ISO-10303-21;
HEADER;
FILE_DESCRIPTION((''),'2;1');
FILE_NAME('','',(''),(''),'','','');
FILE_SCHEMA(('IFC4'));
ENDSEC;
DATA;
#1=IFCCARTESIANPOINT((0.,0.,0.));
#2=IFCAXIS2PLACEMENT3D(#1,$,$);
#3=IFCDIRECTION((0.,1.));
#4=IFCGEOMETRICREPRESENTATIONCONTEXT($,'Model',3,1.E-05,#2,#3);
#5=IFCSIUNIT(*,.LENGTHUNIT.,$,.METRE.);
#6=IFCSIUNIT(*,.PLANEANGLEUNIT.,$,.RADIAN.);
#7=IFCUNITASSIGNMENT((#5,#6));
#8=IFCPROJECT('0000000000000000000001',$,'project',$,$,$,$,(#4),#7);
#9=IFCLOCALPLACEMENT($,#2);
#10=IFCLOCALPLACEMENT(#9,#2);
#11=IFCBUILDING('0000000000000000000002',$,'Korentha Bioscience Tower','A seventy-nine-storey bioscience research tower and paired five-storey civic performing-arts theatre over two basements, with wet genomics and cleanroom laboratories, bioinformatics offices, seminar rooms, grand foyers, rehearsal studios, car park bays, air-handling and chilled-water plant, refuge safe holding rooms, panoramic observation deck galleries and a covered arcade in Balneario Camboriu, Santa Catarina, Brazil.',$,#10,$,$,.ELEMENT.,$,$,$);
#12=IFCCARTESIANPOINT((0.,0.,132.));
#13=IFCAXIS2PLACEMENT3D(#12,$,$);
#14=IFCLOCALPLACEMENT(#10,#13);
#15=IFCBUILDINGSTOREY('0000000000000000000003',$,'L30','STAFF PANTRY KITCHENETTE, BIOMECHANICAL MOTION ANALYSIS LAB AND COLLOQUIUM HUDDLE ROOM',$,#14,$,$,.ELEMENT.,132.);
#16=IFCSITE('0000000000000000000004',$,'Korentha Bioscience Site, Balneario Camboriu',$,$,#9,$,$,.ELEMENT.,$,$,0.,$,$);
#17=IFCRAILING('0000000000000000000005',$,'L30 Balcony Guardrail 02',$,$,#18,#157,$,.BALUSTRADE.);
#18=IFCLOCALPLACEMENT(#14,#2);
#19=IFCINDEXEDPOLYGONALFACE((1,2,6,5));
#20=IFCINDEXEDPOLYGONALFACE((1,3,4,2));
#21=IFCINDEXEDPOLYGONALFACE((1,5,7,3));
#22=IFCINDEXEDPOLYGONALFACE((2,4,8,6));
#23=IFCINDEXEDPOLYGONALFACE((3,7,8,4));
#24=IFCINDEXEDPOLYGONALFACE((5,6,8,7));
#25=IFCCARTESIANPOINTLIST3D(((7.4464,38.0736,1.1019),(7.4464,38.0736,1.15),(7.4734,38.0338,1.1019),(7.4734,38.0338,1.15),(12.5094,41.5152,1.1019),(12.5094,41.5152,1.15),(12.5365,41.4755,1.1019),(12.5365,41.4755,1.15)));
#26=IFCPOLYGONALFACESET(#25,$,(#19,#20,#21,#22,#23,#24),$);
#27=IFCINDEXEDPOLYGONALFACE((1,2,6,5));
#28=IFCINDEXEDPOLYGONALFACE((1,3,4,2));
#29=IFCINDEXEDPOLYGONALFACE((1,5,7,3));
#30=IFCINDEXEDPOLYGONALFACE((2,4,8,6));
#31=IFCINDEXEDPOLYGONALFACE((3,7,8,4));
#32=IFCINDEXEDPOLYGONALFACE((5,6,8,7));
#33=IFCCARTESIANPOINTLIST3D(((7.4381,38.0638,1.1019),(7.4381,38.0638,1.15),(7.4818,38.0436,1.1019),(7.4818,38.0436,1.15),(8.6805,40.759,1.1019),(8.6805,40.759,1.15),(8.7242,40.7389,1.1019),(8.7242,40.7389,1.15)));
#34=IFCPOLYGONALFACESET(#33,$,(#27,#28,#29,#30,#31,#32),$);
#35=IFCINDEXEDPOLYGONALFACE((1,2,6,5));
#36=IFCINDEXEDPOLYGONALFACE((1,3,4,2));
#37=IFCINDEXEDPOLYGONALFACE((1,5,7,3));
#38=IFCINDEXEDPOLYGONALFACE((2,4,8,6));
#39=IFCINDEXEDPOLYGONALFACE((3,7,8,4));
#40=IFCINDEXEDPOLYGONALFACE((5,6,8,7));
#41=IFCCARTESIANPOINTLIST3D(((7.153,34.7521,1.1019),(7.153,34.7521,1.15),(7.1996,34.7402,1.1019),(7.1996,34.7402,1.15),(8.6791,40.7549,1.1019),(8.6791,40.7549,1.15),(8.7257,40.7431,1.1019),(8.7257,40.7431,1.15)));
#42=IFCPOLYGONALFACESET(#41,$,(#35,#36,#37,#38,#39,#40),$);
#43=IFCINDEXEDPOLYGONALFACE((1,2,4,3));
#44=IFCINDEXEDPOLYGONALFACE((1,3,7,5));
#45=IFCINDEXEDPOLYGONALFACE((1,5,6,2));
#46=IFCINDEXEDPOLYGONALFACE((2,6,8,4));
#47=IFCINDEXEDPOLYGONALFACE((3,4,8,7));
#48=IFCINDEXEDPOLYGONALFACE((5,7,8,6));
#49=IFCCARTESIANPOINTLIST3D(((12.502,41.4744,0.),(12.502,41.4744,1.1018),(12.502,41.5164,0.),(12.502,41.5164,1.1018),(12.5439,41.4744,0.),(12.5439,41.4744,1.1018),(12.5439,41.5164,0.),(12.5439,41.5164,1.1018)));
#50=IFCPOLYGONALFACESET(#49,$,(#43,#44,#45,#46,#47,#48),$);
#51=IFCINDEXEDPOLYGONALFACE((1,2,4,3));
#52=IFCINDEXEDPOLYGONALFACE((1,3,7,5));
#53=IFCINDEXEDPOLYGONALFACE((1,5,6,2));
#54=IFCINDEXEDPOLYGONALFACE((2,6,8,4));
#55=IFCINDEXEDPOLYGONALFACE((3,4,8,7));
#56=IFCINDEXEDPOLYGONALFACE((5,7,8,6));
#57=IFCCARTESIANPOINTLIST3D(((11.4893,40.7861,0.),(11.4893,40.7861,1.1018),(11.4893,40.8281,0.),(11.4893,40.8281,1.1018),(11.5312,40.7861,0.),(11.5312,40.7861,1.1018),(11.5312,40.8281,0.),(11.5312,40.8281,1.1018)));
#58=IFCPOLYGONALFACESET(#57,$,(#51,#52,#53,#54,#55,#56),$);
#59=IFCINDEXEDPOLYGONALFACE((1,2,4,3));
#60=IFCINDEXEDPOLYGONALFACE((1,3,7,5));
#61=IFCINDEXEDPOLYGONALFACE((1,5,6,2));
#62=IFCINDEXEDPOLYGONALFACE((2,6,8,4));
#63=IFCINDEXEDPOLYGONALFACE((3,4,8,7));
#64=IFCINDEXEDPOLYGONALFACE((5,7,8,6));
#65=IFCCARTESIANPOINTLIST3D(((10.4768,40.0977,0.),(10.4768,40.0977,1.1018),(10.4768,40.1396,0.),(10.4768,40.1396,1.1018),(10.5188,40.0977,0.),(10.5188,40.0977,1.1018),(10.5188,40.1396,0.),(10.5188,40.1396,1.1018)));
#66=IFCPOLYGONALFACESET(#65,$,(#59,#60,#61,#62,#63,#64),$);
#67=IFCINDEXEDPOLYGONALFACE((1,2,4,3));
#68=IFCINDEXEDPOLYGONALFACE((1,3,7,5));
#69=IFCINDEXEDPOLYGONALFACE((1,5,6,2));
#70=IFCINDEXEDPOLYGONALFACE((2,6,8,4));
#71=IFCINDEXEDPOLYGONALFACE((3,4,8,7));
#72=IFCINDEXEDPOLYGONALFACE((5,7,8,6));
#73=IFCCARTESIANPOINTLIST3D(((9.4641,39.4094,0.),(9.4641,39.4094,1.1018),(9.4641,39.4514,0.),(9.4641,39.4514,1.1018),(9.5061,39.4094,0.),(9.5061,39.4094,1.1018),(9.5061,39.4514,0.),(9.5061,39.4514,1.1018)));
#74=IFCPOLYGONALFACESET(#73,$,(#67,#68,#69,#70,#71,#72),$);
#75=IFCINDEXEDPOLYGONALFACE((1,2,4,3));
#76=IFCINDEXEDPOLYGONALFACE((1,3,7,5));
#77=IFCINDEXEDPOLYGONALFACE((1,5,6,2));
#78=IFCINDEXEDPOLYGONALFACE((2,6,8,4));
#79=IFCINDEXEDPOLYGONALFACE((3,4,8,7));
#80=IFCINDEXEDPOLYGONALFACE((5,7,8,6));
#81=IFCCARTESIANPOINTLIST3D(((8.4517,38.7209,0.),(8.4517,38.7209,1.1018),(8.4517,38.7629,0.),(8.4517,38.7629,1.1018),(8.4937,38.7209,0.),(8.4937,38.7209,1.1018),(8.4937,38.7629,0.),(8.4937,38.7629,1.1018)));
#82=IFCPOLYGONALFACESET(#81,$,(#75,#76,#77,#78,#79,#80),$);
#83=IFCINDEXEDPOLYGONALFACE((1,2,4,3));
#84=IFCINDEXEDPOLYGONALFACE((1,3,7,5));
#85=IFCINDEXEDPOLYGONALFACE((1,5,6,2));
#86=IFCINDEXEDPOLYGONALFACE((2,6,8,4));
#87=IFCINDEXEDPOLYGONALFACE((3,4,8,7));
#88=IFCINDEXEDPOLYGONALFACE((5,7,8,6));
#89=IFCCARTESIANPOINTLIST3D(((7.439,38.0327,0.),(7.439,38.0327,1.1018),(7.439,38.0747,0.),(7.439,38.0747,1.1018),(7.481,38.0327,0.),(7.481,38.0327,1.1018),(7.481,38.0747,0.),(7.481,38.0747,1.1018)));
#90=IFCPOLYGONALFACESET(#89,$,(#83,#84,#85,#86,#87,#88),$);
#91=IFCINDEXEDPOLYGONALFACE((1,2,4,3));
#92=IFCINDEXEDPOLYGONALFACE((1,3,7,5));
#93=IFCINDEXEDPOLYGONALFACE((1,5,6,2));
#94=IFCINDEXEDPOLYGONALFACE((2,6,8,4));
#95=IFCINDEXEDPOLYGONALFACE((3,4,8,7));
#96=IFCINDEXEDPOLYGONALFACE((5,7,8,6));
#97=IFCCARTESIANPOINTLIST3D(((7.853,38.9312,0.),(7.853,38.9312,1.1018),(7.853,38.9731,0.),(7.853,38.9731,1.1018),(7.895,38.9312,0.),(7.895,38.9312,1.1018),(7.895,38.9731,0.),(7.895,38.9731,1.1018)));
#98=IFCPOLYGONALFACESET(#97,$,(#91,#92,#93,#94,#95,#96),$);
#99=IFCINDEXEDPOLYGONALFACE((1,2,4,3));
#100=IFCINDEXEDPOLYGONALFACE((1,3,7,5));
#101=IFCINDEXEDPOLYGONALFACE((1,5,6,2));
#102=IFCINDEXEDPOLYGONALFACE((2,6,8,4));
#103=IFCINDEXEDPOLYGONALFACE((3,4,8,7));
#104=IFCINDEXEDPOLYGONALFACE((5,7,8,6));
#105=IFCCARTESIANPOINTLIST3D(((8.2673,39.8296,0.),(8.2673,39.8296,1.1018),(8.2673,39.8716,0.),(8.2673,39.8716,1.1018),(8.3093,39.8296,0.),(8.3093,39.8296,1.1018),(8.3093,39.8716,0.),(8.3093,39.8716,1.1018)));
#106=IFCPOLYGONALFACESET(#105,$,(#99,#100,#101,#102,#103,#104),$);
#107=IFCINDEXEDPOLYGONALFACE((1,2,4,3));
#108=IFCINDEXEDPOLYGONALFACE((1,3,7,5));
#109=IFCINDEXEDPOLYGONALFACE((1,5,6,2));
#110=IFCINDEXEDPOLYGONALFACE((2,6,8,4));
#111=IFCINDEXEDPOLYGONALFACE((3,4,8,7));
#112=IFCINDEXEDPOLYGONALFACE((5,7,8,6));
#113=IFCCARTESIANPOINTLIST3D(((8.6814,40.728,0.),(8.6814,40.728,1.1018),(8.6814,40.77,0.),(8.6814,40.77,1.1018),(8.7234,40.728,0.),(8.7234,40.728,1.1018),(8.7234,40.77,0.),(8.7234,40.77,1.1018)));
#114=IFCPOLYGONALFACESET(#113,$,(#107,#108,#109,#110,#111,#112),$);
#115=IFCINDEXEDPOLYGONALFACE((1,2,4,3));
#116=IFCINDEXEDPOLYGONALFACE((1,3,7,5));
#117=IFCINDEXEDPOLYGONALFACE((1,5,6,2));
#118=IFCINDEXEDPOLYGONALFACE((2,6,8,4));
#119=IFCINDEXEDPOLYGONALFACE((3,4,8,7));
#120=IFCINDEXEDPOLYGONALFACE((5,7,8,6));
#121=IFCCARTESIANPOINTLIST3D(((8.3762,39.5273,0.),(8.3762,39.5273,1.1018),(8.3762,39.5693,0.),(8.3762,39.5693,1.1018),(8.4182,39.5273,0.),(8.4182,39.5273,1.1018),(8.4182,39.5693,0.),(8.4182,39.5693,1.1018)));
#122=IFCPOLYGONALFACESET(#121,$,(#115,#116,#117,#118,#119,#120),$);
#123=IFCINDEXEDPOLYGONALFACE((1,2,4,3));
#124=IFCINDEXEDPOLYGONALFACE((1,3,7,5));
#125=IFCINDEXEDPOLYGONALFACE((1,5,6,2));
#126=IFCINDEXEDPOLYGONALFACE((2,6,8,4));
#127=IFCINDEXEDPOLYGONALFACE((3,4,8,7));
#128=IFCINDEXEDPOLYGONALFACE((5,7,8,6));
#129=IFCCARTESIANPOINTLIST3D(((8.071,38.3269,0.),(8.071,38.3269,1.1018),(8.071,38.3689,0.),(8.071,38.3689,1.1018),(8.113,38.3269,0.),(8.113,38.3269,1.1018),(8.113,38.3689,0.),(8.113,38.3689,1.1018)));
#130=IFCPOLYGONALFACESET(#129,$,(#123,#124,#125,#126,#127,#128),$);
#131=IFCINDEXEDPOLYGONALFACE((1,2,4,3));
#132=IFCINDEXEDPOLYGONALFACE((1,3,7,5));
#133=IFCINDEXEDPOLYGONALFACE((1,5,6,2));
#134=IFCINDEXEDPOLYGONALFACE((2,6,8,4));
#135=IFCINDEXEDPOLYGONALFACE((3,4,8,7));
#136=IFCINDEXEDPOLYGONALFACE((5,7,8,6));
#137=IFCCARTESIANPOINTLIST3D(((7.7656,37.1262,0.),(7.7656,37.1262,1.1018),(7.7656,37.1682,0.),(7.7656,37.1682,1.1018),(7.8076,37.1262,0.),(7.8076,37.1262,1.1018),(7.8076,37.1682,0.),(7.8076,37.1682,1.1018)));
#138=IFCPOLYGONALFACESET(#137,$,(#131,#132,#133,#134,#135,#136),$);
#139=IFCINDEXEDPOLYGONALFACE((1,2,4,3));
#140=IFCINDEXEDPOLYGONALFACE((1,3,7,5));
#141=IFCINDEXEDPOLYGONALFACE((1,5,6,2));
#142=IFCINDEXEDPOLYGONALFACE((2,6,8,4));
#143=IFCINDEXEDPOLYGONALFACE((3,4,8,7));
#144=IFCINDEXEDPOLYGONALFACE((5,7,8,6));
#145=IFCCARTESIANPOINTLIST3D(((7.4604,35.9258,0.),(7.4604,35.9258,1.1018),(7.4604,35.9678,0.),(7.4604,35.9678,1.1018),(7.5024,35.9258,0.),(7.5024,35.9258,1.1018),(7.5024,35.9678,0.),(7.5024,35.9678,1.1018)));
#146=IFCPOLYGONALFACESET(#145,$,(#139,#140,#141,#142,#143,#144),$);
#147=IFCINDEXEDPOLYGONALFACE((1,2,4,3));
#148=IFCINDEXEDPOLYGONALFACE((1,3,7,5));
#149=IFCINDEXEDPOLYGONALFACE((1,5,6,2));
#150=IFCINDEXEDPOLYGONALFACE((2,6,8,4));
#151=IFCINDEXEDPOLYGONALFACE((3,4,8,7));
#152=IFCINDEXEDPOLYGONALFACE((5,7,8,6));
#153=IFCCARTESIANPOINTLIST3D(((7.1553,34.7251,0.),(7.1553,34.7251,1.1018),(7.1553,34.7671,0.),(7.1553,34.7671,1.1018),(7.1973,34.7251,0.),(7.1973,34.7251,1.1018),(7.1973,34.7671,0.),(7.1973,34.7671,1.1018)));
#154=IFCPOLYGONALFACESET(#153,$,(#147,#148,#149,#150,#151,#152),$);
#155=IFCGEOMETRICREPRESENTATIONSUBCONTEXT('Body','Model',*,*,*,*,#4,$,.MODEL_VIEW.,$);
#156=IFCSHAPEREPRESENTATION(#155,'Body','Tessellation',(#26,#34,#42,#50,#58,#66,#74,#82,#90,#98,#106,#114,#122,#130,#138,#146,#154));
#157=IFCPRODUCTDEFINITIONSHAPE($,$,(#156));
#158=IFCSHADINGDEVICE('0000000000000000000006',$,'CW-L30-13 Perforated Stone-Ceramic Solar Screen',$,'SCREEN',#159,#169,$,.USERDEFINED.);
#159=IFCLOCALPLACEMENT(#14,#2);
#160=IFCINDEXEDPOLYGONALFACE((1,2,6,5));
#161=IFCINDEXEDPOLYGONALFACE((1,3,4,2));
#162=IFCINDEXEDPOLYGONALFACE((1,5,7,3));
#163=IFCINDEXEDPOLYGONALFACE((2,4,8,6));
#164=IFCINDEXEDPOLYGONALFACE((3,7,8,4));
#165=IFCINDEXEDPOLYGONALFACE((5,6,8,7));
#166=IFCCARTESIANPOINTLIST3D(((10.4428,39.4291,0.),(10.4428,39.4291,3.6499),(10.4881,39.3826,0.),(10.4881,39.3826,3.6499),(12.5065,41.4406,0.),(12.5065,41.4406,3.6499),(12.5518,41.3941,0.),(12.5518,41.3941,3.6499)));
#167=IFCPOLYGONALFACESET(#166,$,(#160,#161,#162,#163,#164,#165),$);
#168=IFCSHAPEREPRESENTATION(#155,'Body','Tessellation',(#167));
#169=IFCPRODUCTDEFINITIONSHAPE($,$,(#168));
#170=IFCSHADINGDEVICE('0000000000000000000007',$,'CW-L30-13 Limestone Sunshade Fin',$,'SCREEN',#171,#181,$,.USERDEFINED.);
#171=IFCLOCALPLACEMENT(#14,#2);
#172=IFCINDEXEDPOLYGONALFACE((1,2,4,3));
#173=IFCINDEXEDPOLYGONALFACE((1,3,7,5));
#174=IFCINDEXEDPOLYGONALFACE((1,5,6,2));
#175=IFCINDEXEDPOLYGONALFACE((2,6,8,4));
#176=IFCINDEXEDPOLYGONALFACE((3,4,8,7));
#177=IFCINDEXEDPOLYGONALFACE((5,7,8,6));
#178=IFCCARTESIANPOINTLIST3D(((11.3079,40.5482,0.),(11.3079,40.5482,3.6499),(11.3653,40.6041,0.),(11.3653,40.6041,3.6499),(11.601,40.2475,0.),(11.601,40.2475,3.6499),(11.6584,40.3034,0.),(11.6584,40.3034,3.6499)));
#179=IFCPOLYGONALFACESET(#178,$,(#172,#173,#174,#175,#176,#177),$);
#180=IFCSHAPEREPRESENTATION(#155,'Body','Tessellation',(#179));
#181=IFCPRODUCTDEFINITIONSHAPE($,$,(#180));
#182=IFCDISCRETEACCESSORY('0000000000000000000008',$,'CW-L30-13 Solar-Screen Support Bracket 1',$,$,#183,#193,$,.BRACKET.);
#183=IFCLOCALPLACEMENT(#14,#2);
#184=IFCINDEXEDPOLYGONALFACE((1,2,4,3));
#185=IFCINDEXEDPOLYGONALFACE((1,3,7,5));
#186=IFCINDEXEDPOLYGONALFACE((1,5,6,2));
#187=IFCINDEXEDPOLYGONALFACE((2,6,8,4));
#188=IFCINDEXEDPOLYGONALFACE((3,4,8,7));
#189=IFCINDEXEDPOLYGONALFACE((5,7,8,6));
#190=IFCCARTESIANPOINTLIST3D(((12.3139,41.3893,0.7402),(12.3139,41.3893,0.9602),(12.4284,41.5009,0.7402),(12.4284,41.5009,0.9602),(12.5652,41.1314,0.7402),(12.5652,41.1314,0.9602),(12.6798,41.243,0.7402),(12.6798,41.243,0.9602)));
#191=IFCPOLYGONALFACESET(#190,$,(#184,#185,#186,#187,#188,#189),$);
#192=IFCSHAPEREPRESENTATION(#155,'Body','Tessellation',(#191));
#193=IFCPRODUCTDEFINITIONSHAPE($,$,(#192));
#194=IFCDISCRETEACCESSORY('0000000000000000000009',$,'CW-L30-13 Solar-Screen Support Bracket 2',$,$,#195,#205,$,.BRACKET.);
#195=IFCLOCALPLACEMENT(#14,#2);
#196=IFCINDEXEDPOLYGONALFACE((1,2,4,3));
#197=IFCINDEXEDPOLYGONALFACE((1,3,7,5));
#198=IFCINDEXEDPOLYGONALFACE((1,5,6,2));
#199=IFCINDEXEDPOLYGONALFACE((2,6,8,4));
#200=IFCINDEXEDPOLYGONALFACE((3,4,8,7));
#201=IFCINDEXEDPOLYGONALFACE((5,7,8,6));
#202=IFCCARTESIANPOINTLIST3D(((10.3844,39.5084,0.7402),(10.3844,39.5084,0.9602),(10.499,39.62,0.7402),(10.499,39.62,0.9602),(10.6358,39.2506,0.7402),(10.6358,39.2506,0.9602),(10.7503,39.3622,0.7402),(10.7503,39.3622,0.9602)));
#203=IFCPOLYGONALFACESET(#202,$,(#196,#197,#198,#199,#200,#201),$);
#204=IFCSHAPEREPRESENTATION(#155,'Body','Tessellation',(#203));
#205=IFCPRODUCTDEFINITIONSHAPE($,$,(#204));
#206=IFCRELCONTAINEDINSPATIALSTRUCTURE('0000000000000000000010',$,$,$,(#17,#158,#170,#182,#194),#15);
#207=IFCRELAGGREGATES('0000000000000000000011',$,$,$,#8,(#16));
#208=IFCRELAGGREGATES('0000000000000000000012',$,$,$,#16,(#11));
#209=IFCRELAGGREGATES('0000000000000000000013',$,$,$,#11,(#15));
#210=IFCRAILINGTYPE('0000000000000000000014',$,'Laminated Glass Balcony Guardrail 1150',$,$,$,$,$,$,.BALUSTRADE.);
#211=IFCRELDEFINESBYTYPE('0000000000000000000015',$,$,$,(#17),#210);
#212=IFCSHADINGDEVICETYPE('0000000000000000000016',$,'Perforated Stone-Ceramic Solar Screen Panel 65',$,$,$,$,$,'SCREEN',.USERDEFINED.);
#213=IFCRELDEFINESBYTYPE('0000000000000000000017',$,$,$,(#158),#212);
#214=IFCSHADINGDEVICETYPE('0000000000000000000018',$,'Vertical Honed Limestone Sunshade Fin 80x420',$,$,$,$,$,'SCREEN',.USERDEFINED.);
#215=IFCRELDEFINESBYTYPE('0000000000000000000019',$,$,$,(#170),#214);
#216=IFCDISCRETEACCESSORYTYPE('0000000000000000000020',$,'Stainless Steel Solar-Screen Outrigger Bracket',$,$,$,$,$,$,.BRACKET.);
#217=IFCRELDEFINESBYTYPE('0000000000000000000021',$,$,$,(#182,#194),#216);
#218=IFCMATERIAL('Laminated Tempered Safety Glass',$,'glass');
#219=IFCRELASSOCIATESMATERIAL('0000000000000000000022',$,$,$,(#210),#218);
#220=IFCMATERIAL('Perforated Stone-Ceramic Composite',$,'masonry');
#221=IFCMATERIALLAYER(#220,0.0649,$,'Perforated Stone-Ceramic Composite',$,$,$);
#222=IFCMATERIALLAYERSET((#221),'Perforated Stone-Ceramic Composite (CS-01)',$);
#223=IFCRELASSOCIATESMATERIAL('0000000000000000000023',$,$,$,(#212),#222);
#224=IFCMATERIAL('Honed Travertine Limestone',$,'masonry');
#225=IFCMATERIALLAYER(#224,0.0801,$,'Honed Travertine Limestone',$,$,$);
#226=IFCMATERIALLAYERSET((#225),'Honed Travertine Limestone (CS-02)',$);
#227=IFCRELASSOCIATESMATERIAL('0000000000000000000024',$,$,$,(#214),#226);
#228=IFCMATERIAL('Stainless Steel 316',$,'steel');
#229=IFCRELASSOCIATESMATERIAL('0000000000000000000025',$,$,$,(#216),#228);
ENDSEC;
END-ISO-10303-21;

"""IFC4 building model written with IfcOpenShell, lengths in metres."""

from ifc_helpers import new_model, si_unit, direction, frame, origin, origin_2d, place, context, subcontext, project, spatial, rectangle, extrude, material, layer, layer_set, type_object, element, save


model = new_model("IFC4")

# Units and contexts
model_context = context("Model", 3, precision=1e-05, world=origin(), true_north=direction((0.0, 1.0)))
body_context = subcontext(model_context, "Body", "Model", "MODEL_VIEW")
ifc_project = project(units=[si_unit("LENGTHUNIT", "METRE"), si_unit("PLANEANGLEUNIT", "RADIAN")], contexts=[model_context])

# Site, building, storey
site_placement = place(None, origin())
site = spatial("IfcSite", under=ifc_project, at=site_placement, Name="Korentha Bioscience Site, Balneario Camboriu", CompositionType="ELEMENT", RefElevation=0.0)
building_placement = place(site_placement, origin())
building = spatial("IfcBuilding", under=site, at=building_placement, Name="Korentha Bioscience Tower", Description="A seventy-nine-storey bioscience research tower and paired five-storey civic performing-arts theatre over two basements, with wet genomics and cleanroom laboratories, bioinformatics offices, seminar rooms, grand foyers, rehearsal studios, car park bays, air-handling and chilled-water plant, refuge safe holding rooms, panoramic observation deck galleries and a covered arcade in Balneario Camboriu, Santa Catarina, Brazil.", CompositionType="ELEMENT")
storey_placement = place(building_placement, frame((0.0, 0.0, 132.0)))
storey = spatial("IfcBuildingStorey", under=building, at=storey_placement, Name="L30", Description="STAFF PANTRY KITCHENETTE, BIOMECHANICAL MOTION ANALYSIS LAB AND COLLOQUIUM HUDDLE ROOM", CompositionType="ELEMENT", Elevation=132.0)

# Railing
ifc_material_1 = material(Name="Laminated Tempered Safety Glass", Category="glass")
railing_type = type_object("IfcRailingType", Name="Laminated Glass Balcony Guardrail 1150", PredefinedType="BALUSTRADE", material=ifc_material_1)
railing_placement = place(storey_placement, frame((12.5229, 41.4954, 0.0)))
element("IfcRailing", 1, at=railing_placement, inside=storey, type_object=railing_type, Name="L30 Balcony Guardrail 02", PredefinedType="BALUSTRADE", context=body_context, shape_type="SweptSolid", body=[
    extrude(rectangle(XDim=0.0481, YDim=0.0481, at=origin_2d()), frame((0.0, 0.0, 1.126), z_axis=(-0.827016, -0.562178, 0.0), x_axis=(0.562178, -0.827016, 0.0)), (0.0, 0.0, 1.0), 6.1221),
    extrude(rectangle(XDim=0.0481, YDim=0.0481, at=origin_2d()), frame((-5.063, -3.4417, 1.126), z_axis=(0.418625, 0.908159, 0.0), x_axis=(-0.908159, 0.418625, 0.0)), (0.0, 0.0, 1.0), 2.9678),
    extrude(rectangle(XDim=0.0481, YDim=0.0481, at=origin_2d()), frame((-3.8206, -0.7463, 1.126), z_axis=(-0.246392, -0.96917, 0.0), x_axis=(0.96917, -0.246392, 0.0)), (0.0, 0.0, 1.0), 6.1938),
    extrude(rectangle(XDim=0.042, YDim=0.042, at=origin_2d()), origin(), (0.0, 0.0, 1.0), 1.1018),
    extrude(rectangle(XDim=0.042, YDim=0.042, at=origin_2d()), frame((-1.0127, -0.6882, 0.0)), (0.0, 0.0, 1.0), 1.1018),
    extrude(rectangle(XDim=0.042, YDim=0.042, at=origin_2d()), frame((-2.0251, -1.3767, 0.0)), (0.0, 0.0, 1.0), 1.1018),
    extrude(rectangle(XDim=0.042, YDim=0.042, at=origin_2d()), frame((-3.0378, -2.0649, 0.0)), (0.0, 0.0, 1.0), 1.1018),
    extrude(rectangle(XDim=0.042, YDim=0.042, at=origin_2d()), frame((-4.0503, -2.7534, 0.0)), (0.0, 0.0, 1.0), 1.1018),
    extrude(rectangle(XDim=0.042, YDim=0.042, at=origin_2d()), frame((-5.063, -3.4417, 0.0)), (0.0, 0.0, 1.0), 1.1018),
    extrude(rectangle(XDim=0.042, YDim=0.042, at=origin_2d()), frame((-4.6489, -2.5432, 0.0)), (0.0, 0.0, 1.0), 1.1018),
    extrude(rectangle(XDim=0.042, YDim=0.042, at=origin_2d()), frame((-4.2346, -1.6448, 0.0)), (0.0, 0.0, 1.0), 1.1018),
    extrude(rectangle(XDim=0.042, YDim=0.042, at=origin_2d()), frame((-3.8206, -0.7463, 0.0)), (0.0, 0.0, 1.0), 1.1018),
    extrude(rectangle(XDim=0.042, YDim=0.042, at=origin_2d()), frame((-4.1257, -1.947, 0.0)), (0.0, 0.0, 1.0), 1.1018),
    extrude(rectangle(XDim=0.042, YDim=0.042, at=origin_2d()), frame((-4.4309, -3.1475, 0.0)), (0.0, 0.0, 1.0), 1.1018),
    extrude(rectangle(XDim=0.042, YDim=0.042, at=origin_2d()), frame((-4.7363, -4.3481, 0.0)), (0.0, 0.0, 1.0), 1.1018),
    extrude(rectangle(XDim=0.042, YDim=0.042, at=origin_2d()), frame((-5.0415, -5.5486, 0.0)), (0.0, 0.0, 1.0), 1.1018),
    extrude(rectangle(XDim=0.042, YDim=0.042, at=origin_2d()), frame((-5.3467, -6.7493, 0.0)), (0.0, 0.0, 1.0), 1.1018),
])

# Shading devices
ifc_material_2 = material(Name="Perforated Stone-Ceramic Composite", Category="masonry")
ifc_layer_1 = layer(ifc_material_2, 0.0649, Name="Perforated Stone-Ceramic Composite")
ifc_layer_set_1 = layer_set([ifc_layer_1], Name="Perforated Stone-Ceramic Composite (CS-01)")
shading_device_type_1 = type_object("IfcShadingDeviceType", Name="Perforated Stone-Ceramic Solar Screen Panel 65", ElementType="SCREEN", PredefinedType="USERDEFINED", material=ifc_layer_set_1)
shading_device_1_placement = place(storey_placement, frame((11.4973, 40.4116, 0.0), z_axis=(0.0, 0.0, 1.0), x_axis=(-0.716096, -0.698002, 0.0)))
element("IfcShadingDevice", 2, at=shading_device_1_placement, inside=storey, type_object=shading_device_type_1, Name="CW-L30-13 Perforated Stone-Ceramic Solar Screen", ObjectType="SCREEN", PredefinedType="USERDEFINED", context=body_context, shape_type="SweptSolid", body=[
    extrude(rectangle(XDim=2.8818, YDim=0.0649, at=origin_2d()), origin(), (0.0, 0.0, 1.0), 3.6499),
])
ifc_material_3 = material(Name="Honed Travertine Limestone", Category="masonry")
ifc_layer_2 = layer(ifc_material_3, 0.0801, Name="Honed Travertine Limestone")
ifc_layer_set_2 = layer_set([ifc_layer_2], Name="Honed Travertine Limestone (CS-02)")
shading_device_type_2 = type_object("IfcShadingDeviceType", Name="Vertical Honed Limestone Sunshade Fin 80x420", ElementType="SCREEN", PredefinedType="USERDEFINED", material=ifc_layer_set_2)
shading_device_2_placement = place(storey_placement, frame((11.4832, 40.4258, 0.0), z_axis=(0.0, 0.0, 1.0), x_axis=(-0.716096, -0.698002, 0.0)))
element("IfcShadingDevice", 3, at=shading_device_2_placement, inside=storey, type_object=shading_device_type_2, Name="CW-L30-13 Limestone Sunshade Fin", ObjectType="SCREEN", PredefinedType="USERDEFINED", context=body_context, shape_type="SweptSolid", body=[
    extrude(rectangle(XDim=0.0801, YDim=0.4199, at=origin_2d()), origin(), (0.0, 0.0, 1.0), 3.6499),
])

# Discrete accessories
ifc_material_4 = material(Name="Stainless Steel 316", Category="steel")
discrete_accessory_type = type_object("IfcDiscreteAccessoryType", Name="Stainless Steel Solar-Screen Outrigger Bracket", PredefinedType="BRACKET", material=ifc_material_4)
for number, where, z_axis, x_axis, name in (
    (4, (12.4968, 41.3162, 0.7402), (0.0, 0.0, 1.0), (-0.716096, -0.698002, 0.0), "CW-L30-13 Solar-Screen Support Bracket 1"),
    (5, (10.5674, 39.4353, 0.7402), (0.0, 0.0, 1.0), (-0.716096, -0.698002, 0.0), "CW-L30-13 Solar-Screen Support Bracket 2"),
):
    element("IfcDiscreteAccessory", number, at=place(storey_placement, frame(where, z_axis=z_axis, x_axis=x_axis)), inside=storey, type_object=discrete_accessory_type, Name=name, PredefinedType="BRACKET", context=body_context, shape_type="SweptSolid", body=[
        extrude(rectangle(XDim=0.1599, YDim=0.3601, at=origin_2d()), origin(), (0.0, 0.0, 1.0), 0.22),
    ])

save(model, "model.ifc")
